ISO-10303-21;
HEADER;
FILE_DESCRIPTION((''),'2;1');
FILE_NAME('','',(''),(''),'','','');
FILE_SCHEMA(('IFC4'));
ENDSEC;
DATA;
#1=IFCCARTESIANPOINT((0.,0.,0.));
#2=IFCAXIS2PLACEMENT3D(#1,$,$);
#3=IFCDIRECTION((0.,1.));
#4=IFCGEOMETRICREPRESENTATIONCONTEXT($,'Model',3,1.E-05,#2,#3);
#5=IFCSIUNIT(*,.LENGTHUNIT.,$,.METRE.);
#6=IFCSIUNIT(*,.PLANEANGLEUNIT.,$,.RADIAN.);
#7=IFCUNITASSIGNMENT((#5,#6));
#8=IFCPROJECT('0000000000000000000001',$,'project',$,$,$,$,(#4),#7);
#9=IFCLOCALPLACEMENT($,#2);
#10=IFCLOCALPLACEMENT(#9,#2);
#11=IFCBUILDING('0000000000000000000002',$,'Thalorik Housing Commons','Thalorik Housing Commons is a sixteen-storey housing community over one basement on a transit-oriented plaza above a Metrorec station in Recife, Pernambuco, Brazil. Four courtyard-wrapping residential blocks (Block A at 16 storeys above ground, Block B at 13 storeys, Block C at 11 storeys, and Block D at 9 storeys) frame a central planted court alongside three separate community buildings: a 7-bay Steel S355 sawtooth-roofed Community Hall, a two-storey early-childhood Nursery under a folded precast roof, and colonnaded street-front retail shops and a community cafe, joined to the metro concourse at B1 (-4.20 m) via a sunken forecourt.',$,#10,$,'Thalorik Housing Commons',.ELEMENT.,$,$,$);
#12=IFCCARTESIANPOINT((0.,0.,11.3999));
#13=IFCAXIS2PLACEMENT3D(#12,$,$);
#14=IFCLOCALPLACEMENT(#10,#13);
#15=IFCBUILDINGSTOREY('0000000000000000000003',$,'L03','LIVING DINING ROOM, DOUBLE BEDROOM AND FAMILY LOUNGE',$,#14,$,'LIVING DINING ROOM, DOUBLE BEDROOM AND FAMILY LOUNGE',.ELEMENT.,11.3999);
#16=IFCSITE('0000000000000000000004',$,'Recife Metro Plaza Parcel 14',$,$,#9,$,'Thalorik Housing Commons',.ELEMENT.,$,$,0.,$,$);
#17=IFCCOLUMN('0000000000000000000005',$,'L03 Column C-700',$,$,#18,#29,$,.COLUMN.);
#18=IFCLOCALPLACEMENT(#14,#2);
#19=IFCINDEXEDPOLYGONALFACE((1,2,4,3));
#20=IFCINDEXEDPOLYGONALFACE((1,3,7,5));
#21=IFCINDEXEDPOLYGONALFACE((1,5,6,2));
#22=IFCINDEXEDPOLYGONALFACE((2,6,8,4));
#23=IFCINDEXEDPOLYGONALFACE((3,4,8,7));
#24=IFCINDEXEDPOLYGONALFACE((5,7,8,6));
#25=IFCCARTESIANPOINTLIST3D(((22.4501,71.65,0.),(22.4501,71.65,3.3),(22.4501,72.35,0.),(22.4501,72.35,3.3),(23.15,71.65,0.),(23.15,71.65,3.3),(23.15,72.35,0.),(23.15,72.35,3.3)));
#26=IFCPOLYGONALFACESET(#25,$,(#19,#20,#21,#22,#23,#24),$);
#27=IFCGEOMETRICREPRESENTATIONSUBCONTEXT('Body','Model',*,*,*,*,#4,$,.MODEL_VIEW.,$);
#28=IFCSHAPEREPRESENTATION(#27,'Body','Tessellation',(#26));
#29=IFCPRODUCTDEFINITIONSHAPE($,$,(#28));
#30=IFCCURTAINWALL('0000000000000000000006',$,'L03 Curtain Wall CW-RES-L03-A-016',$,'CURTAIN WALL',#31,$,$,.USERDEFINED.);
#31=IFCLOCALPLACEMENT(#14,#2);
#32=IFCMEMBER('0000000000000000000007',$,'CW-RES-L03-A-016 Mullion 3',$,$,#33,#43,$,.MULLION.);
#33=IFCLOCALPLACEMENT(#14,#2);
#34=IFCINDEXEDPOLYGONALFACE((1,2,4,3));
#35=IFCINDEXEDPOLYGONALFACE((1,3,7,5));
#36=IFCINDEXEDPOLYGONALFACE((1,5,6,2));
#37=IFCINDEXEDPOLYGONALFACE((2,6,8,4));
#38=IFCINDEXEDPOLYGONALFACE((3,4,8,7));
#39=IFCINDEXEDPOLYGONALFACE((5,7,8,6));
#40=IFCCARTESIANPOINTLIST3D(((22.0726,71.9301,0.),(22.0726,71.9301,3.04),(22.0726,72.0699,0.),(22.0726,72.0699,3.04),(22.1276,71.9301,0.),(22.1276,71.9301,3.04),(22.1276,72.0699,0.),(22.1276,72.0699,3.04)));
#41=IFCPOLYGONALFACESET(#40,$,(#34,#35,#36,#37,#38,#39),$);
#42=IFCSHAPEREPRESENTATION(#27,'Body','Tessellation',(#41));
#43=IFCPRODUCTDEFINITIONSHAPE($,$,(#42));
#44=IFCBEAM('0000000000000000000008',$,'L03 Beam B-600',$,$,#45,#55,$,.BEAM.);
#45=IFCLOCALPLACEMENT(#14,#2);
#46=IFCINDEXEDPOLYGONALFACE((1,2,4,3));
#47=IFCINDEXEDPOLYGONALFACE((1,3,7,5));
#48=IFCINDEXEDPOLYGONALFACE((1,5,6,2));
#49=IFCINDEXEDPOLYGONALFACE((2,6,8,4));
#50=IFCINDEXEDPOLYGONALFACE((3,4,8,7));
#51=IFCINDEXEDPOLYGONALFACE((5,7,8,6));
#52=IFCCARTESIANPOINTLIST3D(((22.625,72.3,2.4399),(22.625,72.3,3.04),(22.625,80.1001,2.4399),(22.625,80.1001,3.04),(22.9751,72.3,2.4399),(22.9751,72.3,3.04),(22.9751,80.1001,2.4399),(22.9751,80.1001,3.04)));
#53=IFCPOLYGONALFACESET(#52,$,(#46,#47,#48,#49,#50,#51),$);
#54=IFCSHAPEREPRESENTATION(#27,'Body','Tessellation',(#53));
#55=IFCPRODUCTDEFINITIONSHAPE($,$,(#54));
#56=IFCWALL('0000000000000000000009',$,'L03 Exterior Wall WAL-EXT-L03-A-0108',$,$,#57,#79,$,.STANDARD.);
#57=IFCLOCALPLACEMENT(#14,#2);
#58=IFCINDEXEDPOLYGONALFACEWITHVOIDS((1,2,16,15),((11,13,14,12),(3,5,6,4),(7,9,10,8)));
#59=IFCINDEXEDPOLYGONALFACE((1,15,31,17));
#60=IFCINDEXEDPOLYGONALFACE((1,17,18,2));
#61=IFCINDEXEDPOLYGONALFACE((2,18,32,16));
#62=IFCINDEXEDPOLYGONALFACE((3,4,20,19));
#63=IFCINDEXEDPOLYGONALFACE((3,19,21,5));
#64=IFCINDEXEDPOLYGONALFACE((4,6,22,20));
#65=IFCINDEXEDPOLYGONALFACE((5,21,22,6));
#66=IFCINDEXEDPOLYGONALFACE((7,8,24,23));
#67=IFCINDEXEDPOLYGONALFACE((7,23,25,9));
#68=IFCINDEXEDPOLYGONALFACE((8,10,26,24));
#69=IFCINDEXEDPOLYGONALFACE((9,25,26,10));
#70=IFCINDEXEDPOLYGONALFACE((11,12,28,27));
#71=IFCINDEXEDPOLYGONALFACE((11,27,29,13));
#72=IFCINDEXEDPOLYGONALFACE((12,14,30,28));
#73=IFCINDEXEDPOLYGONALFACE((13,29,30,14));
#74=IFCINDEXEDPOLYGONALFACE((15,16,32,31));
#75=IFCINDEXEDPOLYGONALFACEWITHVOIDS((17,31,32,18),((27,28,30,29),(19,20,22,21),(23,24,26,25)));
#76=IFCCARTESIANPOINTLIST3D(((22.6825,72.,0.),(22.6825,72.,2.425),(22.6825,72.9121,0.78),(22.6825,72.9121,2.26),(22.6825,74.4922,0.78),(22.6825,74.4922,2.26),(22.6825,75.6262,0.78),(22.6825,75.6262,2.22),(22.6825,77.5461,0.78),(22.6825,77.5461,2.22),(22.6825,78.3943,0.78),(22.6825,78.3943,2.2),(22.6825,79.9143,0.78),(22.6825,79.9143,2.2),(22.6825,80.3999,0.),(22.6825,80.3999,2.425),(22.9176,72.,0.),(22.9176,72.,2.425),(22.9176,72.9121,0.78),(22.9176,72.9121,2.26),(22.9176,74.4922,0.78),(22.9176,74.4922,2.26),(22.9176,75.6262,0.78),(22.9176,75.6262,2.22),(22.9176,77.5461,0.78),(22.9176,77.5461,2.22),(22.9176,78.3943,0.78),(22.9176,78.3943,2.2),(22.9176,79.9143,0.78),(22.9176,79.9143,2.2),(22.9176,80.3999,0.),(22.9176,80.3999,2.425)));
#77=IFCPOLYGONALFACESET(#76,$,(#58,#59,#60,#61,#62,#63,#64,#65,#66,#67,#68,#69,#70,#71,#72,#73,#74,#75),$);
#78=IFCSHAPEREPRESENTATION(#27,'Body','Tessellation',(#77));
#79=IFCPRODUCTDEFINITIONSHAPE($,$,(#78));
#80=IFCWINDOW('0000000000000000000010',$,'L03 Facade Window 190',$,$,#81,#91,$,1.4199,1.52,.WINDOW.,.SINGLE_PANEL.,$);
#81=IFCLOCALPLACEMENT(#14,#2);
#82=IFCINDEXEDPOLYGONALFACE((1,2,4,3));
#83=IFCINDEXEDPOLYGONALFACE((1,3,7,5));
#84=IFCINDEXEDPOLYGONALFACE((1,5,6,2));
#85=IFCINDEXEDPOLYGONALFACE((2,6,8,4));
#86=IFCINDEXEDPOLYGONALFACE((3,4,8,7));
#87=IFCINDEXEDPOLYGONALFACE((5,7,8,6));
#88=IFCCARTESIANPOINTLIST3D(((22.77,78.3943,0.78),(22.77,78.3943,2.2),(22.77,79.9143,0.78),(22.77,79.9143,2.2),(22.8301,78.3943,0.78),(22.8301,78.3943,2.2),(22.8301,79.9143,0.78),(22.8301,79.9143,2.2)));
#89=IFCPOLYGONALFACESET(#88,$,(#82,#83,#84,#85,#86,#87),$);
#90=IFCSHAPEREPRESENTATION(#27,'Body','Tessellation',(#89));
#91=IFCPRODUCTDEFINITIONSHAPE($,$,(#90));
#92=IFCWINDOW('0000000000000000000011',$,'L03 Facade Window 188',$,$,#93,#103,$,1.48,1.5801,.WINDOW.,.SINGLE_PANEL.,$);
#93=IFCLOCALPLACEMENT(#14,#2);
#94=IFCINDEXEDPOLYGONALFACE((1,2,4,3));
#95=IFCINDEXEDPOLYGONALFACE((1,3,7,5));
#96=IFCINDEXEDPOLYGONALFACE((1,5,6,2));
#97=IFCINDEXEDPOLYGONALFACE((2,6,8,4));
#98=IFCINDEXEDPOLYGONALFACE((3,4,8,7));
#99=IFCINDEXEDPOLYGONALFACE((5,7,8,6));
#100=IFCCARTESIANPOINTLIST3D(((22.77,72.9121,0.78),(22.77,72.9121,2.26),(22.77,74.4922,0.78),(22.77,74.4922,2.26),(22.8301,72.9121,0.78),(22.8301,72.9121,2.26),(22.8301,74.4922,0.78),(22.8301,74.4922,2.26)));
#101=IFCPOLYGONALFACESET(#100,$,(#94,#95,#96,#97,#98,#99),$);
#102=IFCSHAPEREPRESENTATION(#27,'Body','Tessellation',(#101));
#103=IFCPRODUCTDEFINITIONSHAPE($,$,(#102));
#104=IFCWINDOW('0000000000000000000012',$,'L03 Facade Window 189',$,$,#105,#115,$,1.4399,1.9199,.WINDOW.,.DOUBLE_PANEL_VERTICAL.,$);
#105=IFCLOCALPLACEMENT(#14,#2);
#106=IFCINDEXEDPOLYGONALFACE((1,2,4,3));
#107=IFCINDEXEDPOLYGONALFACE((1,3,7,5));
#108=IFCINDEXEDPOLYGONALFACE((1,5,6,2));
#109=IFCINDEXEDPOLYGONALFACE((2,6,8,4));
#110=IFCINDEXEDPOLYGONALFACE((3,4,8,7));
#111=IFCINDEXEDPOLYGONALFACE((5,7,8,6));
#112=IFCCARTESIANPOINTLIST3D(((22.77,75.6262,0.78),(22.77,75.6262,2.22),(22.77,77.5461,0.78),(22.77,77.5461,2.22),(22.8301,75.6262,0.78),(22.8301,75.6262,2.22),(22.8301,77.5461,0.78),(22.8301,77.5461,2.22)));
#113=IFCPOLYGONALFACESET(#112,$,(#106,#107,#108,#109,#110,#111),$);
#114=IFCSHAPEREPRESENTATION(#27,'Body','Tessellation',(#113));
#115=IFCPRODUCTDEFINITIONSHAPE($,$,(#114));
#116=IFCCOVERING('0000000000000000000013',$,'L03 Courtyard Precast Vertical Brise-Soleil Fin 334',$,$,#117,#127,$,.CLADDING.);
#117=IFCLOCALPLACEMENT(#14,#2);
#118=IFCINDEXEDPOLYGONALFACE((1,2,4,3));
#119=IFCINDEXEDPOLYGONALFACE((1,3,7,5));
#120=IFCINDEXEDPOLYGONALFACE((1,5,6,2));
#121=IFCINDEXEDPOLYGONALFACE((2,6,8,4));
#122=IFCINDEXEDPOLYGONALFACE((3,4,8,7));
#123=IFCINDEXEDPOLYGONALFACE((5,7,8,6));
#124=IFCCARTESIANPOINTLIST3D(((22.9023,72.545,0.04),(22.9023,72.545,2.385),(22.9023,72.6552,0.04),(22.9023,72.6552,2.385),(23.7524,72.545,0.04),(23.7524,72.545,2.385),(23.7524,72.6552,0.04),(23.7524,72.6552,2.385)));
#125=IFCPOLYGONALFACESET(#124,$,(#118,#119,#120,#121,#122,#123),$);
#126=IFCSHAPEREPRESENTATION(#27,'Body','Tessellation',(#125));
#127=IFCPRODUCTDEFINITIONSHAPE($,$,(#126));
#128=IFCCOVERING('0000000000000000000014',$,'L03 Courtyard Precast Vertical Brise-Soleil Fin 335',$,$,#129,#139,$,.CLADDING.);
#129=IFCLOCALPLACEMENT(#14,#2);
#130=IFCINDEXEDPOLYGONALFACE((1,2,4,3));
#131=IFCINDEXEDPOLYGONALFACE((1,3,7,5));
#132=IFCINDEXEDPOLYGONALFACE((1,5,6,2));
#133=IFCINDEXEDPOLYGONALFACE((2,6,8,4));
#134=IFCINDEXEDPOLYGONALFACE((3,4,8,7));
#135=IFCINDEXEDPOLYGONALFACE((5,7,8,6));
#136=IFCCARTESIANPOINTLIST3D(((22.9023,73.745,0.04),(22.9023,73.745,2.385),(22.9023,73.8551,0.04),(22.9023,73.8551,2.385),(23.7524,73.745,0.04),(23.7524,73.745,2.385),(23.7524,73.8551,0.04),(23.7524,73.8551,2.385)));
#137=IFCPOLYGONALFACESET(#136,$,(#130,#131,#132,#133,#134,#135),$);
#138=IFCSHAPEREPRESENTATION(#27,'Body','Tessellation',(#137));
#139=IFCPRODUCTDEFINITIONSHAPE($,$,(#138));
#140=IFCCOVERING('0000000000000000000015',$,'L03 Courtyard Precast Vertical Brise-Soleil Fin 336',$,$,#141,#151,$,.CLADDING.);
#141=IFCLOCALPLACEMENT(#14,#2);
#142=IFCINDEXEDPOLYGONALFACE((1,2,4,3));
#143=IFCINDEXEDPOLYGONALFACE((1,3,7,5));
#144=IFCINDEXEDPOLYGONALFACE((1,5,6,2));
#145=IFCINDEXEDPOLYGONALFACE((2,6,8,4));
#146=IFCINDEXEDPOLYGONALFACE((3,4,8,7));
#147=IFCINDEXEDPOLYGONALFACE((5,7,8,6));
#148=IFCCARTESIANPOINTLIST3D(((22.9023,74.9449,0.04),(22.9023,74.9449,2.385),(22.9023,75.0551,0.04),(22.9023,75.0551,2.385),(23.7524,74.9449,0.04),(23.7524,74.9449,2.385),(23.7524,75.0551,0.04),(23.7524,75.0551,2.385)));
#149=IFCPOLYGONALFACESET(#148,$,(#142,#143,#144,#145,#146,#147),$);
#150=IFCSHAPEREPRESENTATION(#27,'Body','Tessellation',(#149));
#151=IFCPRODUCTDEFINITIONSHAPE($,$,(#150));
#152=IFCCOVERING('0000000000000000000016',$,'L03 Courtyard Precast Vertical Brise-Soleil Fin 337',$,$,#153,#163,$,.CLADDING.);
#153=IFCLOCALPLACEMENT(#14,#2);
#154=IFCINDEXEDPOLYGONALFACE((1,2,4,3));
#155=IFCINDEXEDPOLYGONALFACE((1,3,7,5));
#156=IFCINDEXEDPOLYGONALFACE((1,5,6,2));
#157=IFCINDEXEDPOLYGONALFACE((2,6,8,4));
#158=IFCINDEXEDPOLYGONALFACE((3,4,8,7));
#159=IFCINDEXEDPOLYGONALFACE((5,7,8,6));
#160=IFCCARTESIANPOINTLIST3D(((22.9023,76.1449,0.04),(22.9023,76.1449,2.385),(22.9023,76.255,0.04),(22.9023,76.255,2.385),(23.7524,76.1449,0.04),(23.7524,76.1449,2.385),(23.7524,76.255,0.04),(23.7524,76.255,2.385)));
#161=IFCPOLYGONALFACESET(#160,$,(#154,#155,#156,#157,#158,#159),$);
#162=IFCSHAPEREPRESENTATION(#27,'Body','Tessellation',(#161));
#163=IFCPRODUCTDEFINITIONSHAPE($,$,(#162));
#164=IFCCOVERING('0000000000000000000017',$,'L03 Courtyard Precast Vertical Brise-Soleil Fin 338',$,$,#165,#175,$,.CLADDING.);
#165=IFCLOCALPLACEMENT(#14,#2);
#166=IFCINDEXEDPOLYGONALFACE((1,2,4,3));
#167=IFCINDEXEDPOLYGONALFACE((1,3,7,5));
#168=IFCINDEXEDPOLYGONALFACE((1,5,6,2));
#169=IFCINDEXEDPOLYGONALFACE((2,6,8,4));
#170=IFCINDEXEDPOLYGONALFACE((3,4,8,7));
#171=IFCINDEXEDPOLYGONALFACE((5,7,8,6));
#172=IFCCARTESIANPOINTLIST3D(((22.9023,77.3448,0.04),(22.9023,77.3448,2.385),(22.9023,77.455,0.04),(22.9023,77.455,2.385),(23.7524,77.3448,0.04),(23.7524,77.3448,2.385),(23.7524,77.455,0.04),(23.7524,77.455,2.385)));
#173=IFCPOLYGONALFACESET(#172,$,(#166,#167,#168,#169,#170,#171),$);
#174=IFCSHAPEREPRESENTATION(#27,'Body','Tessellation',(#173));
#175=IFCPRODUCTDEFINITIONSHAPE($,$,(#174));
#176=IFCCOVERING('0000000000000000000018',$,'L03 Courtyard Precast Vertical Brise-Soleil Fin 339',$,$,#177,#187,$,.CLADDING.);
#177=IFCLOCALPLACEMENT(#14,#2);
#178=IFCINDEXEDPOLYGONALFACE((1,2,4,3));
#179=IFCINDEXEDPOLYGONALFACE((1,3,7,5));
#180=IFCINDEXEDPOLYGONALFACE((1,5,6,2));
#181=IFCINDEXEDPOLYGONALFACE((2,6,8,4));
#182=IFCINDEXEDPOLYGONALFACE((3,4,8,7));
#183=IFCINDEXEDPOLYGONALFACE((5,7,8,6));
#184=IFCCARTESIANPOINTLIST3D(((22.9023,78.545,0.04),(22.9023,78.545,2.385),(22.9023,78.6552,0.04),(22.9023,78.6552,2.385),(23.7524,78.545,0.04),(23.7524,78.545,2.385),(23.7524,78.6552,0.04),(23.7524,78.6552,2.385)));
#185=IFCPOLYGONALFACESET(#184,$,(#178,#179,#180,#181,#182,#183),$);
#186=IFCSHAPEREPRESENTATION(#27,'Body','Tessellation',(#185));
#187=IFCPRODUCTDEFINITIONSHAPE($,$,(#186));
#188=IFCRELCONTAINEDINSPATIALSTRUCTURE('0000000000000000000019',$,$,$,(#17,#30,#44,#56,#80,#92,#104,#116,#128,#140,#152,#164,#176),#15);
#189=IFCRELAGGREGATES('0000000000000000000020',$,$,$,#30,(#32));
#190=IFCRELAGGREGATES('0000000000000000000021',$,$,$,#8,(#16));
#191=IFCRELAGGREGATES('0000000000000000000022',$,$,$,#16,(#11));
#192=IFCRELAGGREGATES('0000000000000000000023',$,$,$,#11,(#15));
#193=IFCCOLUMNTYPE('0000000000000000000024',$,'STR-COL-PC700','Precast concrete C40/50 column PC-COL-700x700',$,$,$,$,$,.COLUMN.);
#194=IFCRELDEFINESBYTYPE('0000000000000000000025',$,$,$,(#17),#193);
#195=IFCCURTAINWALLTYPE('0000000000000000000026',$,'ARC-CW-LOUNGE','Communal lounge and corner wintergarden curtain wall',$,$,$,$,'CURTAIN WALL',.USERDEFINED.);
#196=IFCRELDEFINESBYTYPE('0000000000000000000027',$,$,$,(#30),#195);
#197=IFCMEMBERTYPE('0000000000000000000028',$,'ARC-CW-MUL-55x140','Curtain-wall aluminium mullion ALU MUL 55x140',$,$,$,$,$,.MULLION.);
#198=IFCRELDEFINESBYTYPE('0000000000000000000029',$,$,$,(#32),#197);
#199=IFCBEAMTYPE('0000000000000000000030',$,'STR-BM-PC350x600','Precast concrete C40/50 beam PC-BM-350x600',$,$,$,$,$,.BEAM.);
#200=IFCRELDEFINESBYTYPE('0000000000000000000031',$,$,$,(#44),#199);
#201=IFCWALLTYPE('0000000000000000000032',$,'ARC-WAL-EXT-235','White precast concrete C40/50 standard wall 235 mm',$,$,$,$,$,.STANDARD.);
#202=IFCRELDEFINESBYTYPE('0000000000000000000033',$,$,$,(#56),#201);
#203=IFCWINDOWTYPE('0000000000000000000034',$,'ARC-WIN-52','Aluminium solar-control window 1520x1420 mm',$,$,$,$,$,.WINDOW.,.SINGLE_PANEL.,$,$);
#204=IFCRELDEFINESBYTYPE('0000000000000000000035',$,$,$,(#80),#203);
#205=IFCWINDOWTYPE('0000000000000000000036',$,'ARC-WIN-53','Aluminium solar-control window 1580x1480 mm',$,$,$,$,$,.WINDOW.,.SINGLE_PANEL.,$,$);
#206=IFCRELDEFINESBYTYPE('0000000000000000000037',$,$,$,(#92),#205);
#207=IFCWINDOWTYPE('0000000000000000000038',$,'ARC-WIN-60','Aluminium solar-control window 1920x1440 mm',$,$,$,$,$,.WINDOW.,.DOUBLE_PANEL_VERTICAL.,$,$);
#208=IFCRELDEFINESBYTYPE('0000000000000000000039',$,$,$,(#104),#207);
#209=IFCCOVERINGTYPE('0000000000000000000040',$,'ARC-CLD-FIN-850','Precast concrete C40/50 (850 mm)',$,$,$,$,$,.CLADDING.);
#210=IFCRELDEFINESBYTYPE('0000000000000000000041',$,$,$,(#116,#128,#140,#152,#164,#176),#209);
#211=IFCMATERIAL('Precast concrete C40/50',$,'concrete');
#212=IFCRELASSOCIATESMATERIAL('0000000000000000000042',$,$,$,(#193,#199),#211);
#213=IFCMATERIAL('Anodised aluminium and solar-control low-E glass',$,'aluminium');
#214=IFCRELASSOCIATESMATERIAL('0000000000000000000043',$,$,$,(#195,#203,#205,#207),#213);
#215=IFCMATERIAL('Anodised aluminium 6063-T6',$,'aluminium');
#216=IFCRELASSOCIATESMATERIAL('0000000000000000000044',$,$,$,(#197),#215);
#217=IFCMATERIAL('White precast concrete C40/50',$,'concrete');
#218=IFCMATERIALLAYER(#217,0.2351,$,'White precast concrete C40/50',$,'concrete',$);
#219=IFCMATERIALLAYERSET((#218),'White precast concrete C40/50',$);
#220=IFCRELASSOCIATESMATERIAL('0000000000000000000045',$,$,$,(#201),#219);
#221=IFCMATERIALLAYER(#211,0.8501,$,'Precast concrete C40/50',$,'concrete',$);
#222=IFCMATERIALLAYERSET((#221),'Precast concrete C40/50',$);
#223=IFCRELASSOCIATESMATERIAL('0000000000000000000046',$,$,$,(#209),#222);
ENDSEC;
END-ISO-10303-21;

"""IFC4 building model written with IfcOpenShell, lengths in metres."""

from ifc_helpers import new_model, si_unit, direction, frame, frame_2d, origin, origin_2d, place, context, subcontext, project, spatial, rectangle, extrude, material, layer, layer_set, material_profile, profile_set, type_object, element, fill, aggregate, save


model = new_model("IFC4")

# Units and contexts
model_context = context("Model", 3, precision=1e-05, world=origin(), true_north=direction((0.0, 1.0)))
body_context = subcontext(model_context, "Body", "Model", "MODEL_VIEW")
ifc_project = project(units=[si_unit("LENGTHUNIT", "METRE"), si_unit("PLANEANGLEUNIT", "RADIAN")], contexts=[model_context])

# Site, building, storey
site_placement = place(None, origin())
site = spatial("IfcSite", under=ifc_project, at=site_placement, Name="Recife Metro Plaza Parcel 14", LongName="Thalorik Housing Commons", CompositionType="ELEMENT", RefElevation=0.0)
building_placement = place(site_placement, origin())
building = spatial("IfcBuilding", under=site, at=building_placement, Name="Thalorik Housing Commons", Description="Thalorik Housing Commons is a sixteen-storey housing community over one basement on a transit-oriented plaza above a Metrorec station in Recife, Pernambuco, Brazil. Four courtyard-wrapping residential blocks (Block A at 16 storeys above ground, Block B at 13 storeys, Block C at 11 storeys, and Block D at 9 storeys) frame a central planted court alongside three separate community buildings: a 7-bay Steel S355 sawtooth-roofed Community Hall, a two-storey early-childhood Nursery under a folded precast roof, and colonnaded street-front retail shops and a community cafe, joined to the metro concourse at B1 (-4.20 m) via a sunken forecourt.", LongName="Thalorik Housing Commons", CompositionType="ELEMENT")
storey_placement = place(building_placement, frame((0.0, 0.0, 11.3999)))
storey = spatial("IfcBuildingStorey", under=building, at=storey_placement, Name="L03", Description="LIVING DINING ROOM, DOUBLE BEDROOM AND FAMILY LOUNGE", LongName="LIVING DINING ROOM, DOUBLE BEDROOM AND FAMILY LOUNGE", CompositionType="ELEMENT", Elevation=11.3999)

# Column
ifc_material_1 = material(Name="Precast concrete C40/50", Category="concrete")
ifc_material_profile_1 = material_profile(ifc_material_1, rectangle(XDim=0.7, YDim=0.7, at=origin_2d()), Name="PC 700x700", Category="concrete")
ifc_profile_set_1 = profile_set([ifc_material_profile_1], Name="Precast concrete C40/50")
column_type = type_object("IfcColumnType", Name="STR-COL-PC700", Description="Precast concrete C40/50 column PC-COL-700x700", PredefinedType="COLUMN", material=ifc_profile_set_1)
column_placement = place(storey_placement, frame((22.8, 72.0, 0.0), z_axis=(0.0, 0.0, 1.0), x_axis=(1.0, 0.0, 0.0)))
element("IfcColumn", 1, at=column_placement, inside=storey, type_object=column_type, Name="L03 Column C-700", PredefinedType="COLUMN", context=body_context, shape_type="SweptSolid", body=[
    extrude(rectangle(XDim=0.7, YDim=0.7, at=origin_2d()), origin(), (0.0, 0.0, 1.0), 3.3),
])

# Curtain wall, member
ifc_material_2 = material(Name="Anodised aluminium and solar-control low-E glass", Category="aluminium")
curtain_wall_type = type_object("IfcCurtainWallType", Name="ARC-CW-LOUNGE", Description="Communal lounge and corner wintergarden curtain wall", ElementType="CURTAIN WALL", PredefinedType="USERDEFINED", material=ifc_material_2)
curtain_wall_placement = place(storey_placement, origin())
curtain_wall = element("IfcCurtainWall", 2, at=curtain_wall_placement, inside=storey, type_object=curtain_wall_type, Name="L03 Curtain Wall CW-RES-L03-A-016", ObjectType="CURTAIN WALL", PredefinedType="USERDEFINED")
ifc_material_3 = material(Name="Anodised aluminium 6063-T6", Category="aluminium")
ifc_material_profile_2 = material_profile(ifc_material_3, rectangle(XDim=0.0549, YDim=0.1399, at=origin_2d()), Name="ALU MUL 55x140", Category="aluminium")
ifc_profile_set_2 = profile_set([ifc_material_profile_2], Name="Anodised aluminium 6063-T6")
member_type = type_object("IfcMemberType", Name="ARC-CW-MUL-55x140", Description="Curtain-wall aluminium mullion ALU MUL 55x140", PredefinedType="MULLION", material=ifc_profile_set_2)
member_placement = place(storey_placement, frame((22.1001, 72.0, 0.0), z_axis=(0.0, 0.0, 1.0), x_axis=(1.0, 0.0, 0.0)))
member = element("IfcMember", 3, at=member_placement, type_object=member_type, Name="CW-RES-L03-A-016 Mullion 3", PredefinedType="MULLION", context=body_context, shape_type="SweptSolid", body=[
    extrude(rectangle(XDim=0.0549, YDim=0.1399, at=origin_2d()), origin(), (0.0, 0.0, 1.0), 3.04),
])
aggregate(curtain_wall, [member])

# Beam
ifc_material_profile_3 = material_profile(ifc_material_1, rectangle(XDim=0.3501, YDim=0.6001, at=origin_2d()), Name="PC 350x600", Category="concrete")
ifc_profile_set_3 = profile_set([ifc_material_profile_3], Name="Precast concrete C40/50")
beam_type = type_object("IfcBeamType", Name="STR-BM-PC350x600", Description="Precast concrete C40/50 beam PC-BM-350x600", PredefinedType="BEAM", material=ifc_profile_set_3)
beam_placement = place(storey_placement, frame((22.8, 72.3, 2.74), z_axis=(0.0, 1.0, 0.0), x_axis=(-1.0, 0.0, 0.0)))
element("IfcBeam", 4, at=beam_placement, inside=storey, type_object=beam_type, Name="L03 Beam B-600", PredefinedType="BEAM", context=body_context, shape_type="SweptSolid", body=[
    extrude(rectangle(XDim=0.3501, YDim=0.6001, at=origin_2d()), origin(), (0.0, 0.0, 1.0), 7.8),
])

# Wall, openings, windows
ifc_material_4 = material(Name="White precast concrete C40/50", Category="concrete")
ifc_layer_1 = layer(ifc_material_4, 0.2351, Name="White precast concrete C40/50", Category="concrete")
ifc_layer_set_1 = layer_set([ifc_layer_1], Name="White precast concrete C40/50")
wall_type = type_object("IfcWallType", Name="ARC-WAL-EXT-235", Description="White precast concrete C40/50 standard wall 235 mm", PredefinedType="STANDARD", material=ifc_layer_set_1)
wall_placement = place(storey_placement, frame((22.8, 72.0, 0.0), z_axis=(0.0, 0.0, 1.0), x_axis=(0.0, 1.0, 0.0)))
wall = element("IfcWall", 5, at=wall_placement, inside=storey, type_object=wall_type, Name="L03 Exterior Wall WAL-EXT-L03-A-0108", PredefinedType="STANDARD", context=body_context, shape_type="SweptSolid", body=[
    extrude(rectangle(XDim=8.3999, YDim=0.2351, at=frame_2d((4.2, 0.0))), origin(), (0.0, 0.0, 1.0), 2.425),
])
opening_1_placement = place(wall_placement, frame((0.9121, 0.0, 0.78)))
opening_1 = element("IfcOpeningElement", 6, at=opening_1_placement, cuts=wall, PredefinedType="OPENING", context=body_context, shape_type="SweptSolid", body=[
    extrude(rectangle(XDim=1.5801, YDim=1.48, at=frame_2d((0.79, 0.74))), frame((0.0, 0.1274, 0.0), z_axis=(0.0, -1.0, 0.0), x_axis=(1.0, 0.0, 0.0)), (0.0, 0.0, 1.0), 0.2551),
])
opening_2_placement = place(wall_placement, frame((3.6262, 0.0, 0.78)))
opening_2 = element("IfcOpeningElement", 7, at=opening_2_placement, cuts=wall, PredefinedType="OPENING", context=body_context, shape_type="SweptSolid", body=[
    extrude(rectangle(XDim=1.9199, YDim=1.4399, at=frame_2d((0.96, 0.72))), frame((0.0, 0.1274, 0.0), z_axis=(0.0, -1.0, 0.0), x_axis=(1.0, 0.0, 0.0)), (0.0, 0.0, 1.0), 0.2551),
])
opening_3_placement = place(wall_placement, frame((6.3943, 0.0, 0.78)))
opening_3 = element("IfcOpeningElement", 8, at=opening_3_placement, cuts=wall, PredefinedType="OPENING", context=body_context, shape_type="SweptSolid", body=[
    extrude(rectangle(XDim=1.52, YDim=1.4199, at=frame_2d((0.76, 0.71))), frame((0.0, 0.1274, 0.0), z_axis=(0.0, -1.0, 0.0), x_axis=(1.0, 0.0, 0.0)), (0.0, 0.0, 1.0), 0.2551),
])
window_type_1 = type_object("IfcWindowType", Name="ARC-WIN-52", Description="Aluminium solar-control window 1520x1420 mm", PartitioningType="SINGLE_PANEL", PredefinedType="WINDOW", material=ifc_material_2)
window_1_placement = place(opening_3_placement, origin())
window_1 = element("IfcWindow", 9, at=window_1_placement, inside=storey, type_object=window_type_1, Name="L03 Facade Window 190", OverallHeight=1.4199, OverallWidth=1.52, PartitioningType="SINGLE_PANEL", PredefinedType="WINDOW", context=body_context, shape_type="SweptSolid", body=[
    extrude(rectangle(XDim=1.52, YDim=1.4199, at=frame_2d((0.76, 0.71))), frame((0.0, 0.03, 0.0), z_axis=(0.0, -1.0, 0.0), x_axis=(1.0, 0.0, 0.0)), (0.0, 0.0, 1.0), 0.0601),
])
fill(opening_3, window_1)
window_type_2 = type_object("IfcWindowType", Name="ARC-WIN-53", Description="Aluminium solar-control window 1580x1480 mm", PartitioningType="SINGLE_PANEL", PredefinedType="WINDOW", material=ifc_material_2)
window_2_placement = place(opening_1_placement, origin())
window_2 = element("IfcWindow", 10, at=window_2_placement, inside=storey, type_object=window_type_2, Name="L03 Facade Window 188", OverallHeight=1.48, OverallWidth=1.5801, PartitioningType="SINGLE_PANEL", PredefinedType="WINDOW", context=body_context, shape_type="SweptSolid", body=[
    extrude(rectangle(XDim=1.5801, YDim=1.48, at=frame_2d((0.79, 0.74))), frame((0.0, 0.03, 0.0), z_axis=(0.0, -1.0, 0.0), x_axis=(1.0, 0.0, 0.0)), (0.0, 0.0, 1.0), 0.0601),
])
fill(opening_1, window_2)
window_type_3 = type_object("IfcWindowType", Name="ARC-WIN-60", Description="Aluminium solar-control window 1920x1440 mm", PartitioningType="DOUBLE_PANEL_VERTICAL", PredefinedType="WINDOW", material=ifc_material_2)
window_3_placement = place(opening_2_placement, origin())
window_3 = element("IfcWindow", 11, at=window_3_placement, inside=storey, type_object=window_type_3, Name="L03 Facade Window 189", OverallHeight=1.4399, OverallWidth=1.9199, PartitioningType="DOUBLE_PANEL_VERTICAL", PredefinedType="WINDOW", context=body_context, shape_type="SweptSolid", body=[
    extrude(rectangle(XDim=1.9199, YDim=1.4399, at=frame_2d((0.96, 0.72))), frame((0.0, 0.03, 0.0), z_axis=(0.0, -1.0, 0.0), x_axis=(1.0, 0.0, 0.0)), (0.0, 0.0, 1.0), 0.0601),
])
fill(opening_2, window_3)

# Coverings
ifc_layer_2 = layer(ifc_material_1, 0.8501, Name="Precast concrete C40/50", Category="concrete")
ifc_layer_set_2 = layer_set([ifc_layer_2], Name="Precast concrete C40/50")
covering_type_1 = type_object("IfcCoveringType", Name="ARC-CLD-FIN-850", Description="Precast concrete C40/50 (850 mm)", PredefinedType="CLADDING", material=ifc_layer_set_2)
for number, where, z_axis, x_axis, name in (
    (12, (23.3274, 72.6001, 0.04), (0.0, 0.0, 1.0), (0.0, 1.0, 0.0), "L03 Courtyard Precast Vertical Brise-Soleil Fin 334"),
    (13, (23.3274, 73.8, 0.04), (0.0, 0.0, 1.0), (0.0, 1.0, 0.0), "L03 Courtyard Precast Vertical Brise-Soleil Fin 335"),
    (14, (23.3274, 75.0, 0.04), (0.0, 0.0, 1.0), (0.0, 1.0, 0.0), "L03 Courtyard Precast Vertical Brise-Soleil Fin 336"),
    (15, (23.3274, 76.2, 0.04), (0.0, 0.0, 1.0), (0.0, 1.0, 0.0), "L03 Courtyard Precast Vertical Brise-Soleil Fin 337"),
    (16, (23.3274, 77.3999, 0.04), (0.0, 0.0, 1.0), (0.0, 1.0, 0.0), "L03 Courtyard Precast Vertical Brise-Soleil Fin 338"),
    (17, (23.3274, 78.6001, 0.04), (0.0, 0.0, 1.0), (0.0, 1.0, 0.0), "L03 Courtyard Precast Vertical Brise-Soleil Fin 339"),
):
    element("IfcCovering", number, at=place(storey_placement, frame(where, z_axis=z_axis, x_axis=x_axis)), inside=storey, type_object=covering_type_1, Name=name, PredefinedType="CLADDING", context=body_context, shape_type="SweptSolid", body=[
        extrude(rectangle(XDim=0.1101, YDim=0.8501, at=origin_2d()), origin(), (0.0, 0.0, 1.0), 2.345),
    ])

save(model, "model.ifc")
